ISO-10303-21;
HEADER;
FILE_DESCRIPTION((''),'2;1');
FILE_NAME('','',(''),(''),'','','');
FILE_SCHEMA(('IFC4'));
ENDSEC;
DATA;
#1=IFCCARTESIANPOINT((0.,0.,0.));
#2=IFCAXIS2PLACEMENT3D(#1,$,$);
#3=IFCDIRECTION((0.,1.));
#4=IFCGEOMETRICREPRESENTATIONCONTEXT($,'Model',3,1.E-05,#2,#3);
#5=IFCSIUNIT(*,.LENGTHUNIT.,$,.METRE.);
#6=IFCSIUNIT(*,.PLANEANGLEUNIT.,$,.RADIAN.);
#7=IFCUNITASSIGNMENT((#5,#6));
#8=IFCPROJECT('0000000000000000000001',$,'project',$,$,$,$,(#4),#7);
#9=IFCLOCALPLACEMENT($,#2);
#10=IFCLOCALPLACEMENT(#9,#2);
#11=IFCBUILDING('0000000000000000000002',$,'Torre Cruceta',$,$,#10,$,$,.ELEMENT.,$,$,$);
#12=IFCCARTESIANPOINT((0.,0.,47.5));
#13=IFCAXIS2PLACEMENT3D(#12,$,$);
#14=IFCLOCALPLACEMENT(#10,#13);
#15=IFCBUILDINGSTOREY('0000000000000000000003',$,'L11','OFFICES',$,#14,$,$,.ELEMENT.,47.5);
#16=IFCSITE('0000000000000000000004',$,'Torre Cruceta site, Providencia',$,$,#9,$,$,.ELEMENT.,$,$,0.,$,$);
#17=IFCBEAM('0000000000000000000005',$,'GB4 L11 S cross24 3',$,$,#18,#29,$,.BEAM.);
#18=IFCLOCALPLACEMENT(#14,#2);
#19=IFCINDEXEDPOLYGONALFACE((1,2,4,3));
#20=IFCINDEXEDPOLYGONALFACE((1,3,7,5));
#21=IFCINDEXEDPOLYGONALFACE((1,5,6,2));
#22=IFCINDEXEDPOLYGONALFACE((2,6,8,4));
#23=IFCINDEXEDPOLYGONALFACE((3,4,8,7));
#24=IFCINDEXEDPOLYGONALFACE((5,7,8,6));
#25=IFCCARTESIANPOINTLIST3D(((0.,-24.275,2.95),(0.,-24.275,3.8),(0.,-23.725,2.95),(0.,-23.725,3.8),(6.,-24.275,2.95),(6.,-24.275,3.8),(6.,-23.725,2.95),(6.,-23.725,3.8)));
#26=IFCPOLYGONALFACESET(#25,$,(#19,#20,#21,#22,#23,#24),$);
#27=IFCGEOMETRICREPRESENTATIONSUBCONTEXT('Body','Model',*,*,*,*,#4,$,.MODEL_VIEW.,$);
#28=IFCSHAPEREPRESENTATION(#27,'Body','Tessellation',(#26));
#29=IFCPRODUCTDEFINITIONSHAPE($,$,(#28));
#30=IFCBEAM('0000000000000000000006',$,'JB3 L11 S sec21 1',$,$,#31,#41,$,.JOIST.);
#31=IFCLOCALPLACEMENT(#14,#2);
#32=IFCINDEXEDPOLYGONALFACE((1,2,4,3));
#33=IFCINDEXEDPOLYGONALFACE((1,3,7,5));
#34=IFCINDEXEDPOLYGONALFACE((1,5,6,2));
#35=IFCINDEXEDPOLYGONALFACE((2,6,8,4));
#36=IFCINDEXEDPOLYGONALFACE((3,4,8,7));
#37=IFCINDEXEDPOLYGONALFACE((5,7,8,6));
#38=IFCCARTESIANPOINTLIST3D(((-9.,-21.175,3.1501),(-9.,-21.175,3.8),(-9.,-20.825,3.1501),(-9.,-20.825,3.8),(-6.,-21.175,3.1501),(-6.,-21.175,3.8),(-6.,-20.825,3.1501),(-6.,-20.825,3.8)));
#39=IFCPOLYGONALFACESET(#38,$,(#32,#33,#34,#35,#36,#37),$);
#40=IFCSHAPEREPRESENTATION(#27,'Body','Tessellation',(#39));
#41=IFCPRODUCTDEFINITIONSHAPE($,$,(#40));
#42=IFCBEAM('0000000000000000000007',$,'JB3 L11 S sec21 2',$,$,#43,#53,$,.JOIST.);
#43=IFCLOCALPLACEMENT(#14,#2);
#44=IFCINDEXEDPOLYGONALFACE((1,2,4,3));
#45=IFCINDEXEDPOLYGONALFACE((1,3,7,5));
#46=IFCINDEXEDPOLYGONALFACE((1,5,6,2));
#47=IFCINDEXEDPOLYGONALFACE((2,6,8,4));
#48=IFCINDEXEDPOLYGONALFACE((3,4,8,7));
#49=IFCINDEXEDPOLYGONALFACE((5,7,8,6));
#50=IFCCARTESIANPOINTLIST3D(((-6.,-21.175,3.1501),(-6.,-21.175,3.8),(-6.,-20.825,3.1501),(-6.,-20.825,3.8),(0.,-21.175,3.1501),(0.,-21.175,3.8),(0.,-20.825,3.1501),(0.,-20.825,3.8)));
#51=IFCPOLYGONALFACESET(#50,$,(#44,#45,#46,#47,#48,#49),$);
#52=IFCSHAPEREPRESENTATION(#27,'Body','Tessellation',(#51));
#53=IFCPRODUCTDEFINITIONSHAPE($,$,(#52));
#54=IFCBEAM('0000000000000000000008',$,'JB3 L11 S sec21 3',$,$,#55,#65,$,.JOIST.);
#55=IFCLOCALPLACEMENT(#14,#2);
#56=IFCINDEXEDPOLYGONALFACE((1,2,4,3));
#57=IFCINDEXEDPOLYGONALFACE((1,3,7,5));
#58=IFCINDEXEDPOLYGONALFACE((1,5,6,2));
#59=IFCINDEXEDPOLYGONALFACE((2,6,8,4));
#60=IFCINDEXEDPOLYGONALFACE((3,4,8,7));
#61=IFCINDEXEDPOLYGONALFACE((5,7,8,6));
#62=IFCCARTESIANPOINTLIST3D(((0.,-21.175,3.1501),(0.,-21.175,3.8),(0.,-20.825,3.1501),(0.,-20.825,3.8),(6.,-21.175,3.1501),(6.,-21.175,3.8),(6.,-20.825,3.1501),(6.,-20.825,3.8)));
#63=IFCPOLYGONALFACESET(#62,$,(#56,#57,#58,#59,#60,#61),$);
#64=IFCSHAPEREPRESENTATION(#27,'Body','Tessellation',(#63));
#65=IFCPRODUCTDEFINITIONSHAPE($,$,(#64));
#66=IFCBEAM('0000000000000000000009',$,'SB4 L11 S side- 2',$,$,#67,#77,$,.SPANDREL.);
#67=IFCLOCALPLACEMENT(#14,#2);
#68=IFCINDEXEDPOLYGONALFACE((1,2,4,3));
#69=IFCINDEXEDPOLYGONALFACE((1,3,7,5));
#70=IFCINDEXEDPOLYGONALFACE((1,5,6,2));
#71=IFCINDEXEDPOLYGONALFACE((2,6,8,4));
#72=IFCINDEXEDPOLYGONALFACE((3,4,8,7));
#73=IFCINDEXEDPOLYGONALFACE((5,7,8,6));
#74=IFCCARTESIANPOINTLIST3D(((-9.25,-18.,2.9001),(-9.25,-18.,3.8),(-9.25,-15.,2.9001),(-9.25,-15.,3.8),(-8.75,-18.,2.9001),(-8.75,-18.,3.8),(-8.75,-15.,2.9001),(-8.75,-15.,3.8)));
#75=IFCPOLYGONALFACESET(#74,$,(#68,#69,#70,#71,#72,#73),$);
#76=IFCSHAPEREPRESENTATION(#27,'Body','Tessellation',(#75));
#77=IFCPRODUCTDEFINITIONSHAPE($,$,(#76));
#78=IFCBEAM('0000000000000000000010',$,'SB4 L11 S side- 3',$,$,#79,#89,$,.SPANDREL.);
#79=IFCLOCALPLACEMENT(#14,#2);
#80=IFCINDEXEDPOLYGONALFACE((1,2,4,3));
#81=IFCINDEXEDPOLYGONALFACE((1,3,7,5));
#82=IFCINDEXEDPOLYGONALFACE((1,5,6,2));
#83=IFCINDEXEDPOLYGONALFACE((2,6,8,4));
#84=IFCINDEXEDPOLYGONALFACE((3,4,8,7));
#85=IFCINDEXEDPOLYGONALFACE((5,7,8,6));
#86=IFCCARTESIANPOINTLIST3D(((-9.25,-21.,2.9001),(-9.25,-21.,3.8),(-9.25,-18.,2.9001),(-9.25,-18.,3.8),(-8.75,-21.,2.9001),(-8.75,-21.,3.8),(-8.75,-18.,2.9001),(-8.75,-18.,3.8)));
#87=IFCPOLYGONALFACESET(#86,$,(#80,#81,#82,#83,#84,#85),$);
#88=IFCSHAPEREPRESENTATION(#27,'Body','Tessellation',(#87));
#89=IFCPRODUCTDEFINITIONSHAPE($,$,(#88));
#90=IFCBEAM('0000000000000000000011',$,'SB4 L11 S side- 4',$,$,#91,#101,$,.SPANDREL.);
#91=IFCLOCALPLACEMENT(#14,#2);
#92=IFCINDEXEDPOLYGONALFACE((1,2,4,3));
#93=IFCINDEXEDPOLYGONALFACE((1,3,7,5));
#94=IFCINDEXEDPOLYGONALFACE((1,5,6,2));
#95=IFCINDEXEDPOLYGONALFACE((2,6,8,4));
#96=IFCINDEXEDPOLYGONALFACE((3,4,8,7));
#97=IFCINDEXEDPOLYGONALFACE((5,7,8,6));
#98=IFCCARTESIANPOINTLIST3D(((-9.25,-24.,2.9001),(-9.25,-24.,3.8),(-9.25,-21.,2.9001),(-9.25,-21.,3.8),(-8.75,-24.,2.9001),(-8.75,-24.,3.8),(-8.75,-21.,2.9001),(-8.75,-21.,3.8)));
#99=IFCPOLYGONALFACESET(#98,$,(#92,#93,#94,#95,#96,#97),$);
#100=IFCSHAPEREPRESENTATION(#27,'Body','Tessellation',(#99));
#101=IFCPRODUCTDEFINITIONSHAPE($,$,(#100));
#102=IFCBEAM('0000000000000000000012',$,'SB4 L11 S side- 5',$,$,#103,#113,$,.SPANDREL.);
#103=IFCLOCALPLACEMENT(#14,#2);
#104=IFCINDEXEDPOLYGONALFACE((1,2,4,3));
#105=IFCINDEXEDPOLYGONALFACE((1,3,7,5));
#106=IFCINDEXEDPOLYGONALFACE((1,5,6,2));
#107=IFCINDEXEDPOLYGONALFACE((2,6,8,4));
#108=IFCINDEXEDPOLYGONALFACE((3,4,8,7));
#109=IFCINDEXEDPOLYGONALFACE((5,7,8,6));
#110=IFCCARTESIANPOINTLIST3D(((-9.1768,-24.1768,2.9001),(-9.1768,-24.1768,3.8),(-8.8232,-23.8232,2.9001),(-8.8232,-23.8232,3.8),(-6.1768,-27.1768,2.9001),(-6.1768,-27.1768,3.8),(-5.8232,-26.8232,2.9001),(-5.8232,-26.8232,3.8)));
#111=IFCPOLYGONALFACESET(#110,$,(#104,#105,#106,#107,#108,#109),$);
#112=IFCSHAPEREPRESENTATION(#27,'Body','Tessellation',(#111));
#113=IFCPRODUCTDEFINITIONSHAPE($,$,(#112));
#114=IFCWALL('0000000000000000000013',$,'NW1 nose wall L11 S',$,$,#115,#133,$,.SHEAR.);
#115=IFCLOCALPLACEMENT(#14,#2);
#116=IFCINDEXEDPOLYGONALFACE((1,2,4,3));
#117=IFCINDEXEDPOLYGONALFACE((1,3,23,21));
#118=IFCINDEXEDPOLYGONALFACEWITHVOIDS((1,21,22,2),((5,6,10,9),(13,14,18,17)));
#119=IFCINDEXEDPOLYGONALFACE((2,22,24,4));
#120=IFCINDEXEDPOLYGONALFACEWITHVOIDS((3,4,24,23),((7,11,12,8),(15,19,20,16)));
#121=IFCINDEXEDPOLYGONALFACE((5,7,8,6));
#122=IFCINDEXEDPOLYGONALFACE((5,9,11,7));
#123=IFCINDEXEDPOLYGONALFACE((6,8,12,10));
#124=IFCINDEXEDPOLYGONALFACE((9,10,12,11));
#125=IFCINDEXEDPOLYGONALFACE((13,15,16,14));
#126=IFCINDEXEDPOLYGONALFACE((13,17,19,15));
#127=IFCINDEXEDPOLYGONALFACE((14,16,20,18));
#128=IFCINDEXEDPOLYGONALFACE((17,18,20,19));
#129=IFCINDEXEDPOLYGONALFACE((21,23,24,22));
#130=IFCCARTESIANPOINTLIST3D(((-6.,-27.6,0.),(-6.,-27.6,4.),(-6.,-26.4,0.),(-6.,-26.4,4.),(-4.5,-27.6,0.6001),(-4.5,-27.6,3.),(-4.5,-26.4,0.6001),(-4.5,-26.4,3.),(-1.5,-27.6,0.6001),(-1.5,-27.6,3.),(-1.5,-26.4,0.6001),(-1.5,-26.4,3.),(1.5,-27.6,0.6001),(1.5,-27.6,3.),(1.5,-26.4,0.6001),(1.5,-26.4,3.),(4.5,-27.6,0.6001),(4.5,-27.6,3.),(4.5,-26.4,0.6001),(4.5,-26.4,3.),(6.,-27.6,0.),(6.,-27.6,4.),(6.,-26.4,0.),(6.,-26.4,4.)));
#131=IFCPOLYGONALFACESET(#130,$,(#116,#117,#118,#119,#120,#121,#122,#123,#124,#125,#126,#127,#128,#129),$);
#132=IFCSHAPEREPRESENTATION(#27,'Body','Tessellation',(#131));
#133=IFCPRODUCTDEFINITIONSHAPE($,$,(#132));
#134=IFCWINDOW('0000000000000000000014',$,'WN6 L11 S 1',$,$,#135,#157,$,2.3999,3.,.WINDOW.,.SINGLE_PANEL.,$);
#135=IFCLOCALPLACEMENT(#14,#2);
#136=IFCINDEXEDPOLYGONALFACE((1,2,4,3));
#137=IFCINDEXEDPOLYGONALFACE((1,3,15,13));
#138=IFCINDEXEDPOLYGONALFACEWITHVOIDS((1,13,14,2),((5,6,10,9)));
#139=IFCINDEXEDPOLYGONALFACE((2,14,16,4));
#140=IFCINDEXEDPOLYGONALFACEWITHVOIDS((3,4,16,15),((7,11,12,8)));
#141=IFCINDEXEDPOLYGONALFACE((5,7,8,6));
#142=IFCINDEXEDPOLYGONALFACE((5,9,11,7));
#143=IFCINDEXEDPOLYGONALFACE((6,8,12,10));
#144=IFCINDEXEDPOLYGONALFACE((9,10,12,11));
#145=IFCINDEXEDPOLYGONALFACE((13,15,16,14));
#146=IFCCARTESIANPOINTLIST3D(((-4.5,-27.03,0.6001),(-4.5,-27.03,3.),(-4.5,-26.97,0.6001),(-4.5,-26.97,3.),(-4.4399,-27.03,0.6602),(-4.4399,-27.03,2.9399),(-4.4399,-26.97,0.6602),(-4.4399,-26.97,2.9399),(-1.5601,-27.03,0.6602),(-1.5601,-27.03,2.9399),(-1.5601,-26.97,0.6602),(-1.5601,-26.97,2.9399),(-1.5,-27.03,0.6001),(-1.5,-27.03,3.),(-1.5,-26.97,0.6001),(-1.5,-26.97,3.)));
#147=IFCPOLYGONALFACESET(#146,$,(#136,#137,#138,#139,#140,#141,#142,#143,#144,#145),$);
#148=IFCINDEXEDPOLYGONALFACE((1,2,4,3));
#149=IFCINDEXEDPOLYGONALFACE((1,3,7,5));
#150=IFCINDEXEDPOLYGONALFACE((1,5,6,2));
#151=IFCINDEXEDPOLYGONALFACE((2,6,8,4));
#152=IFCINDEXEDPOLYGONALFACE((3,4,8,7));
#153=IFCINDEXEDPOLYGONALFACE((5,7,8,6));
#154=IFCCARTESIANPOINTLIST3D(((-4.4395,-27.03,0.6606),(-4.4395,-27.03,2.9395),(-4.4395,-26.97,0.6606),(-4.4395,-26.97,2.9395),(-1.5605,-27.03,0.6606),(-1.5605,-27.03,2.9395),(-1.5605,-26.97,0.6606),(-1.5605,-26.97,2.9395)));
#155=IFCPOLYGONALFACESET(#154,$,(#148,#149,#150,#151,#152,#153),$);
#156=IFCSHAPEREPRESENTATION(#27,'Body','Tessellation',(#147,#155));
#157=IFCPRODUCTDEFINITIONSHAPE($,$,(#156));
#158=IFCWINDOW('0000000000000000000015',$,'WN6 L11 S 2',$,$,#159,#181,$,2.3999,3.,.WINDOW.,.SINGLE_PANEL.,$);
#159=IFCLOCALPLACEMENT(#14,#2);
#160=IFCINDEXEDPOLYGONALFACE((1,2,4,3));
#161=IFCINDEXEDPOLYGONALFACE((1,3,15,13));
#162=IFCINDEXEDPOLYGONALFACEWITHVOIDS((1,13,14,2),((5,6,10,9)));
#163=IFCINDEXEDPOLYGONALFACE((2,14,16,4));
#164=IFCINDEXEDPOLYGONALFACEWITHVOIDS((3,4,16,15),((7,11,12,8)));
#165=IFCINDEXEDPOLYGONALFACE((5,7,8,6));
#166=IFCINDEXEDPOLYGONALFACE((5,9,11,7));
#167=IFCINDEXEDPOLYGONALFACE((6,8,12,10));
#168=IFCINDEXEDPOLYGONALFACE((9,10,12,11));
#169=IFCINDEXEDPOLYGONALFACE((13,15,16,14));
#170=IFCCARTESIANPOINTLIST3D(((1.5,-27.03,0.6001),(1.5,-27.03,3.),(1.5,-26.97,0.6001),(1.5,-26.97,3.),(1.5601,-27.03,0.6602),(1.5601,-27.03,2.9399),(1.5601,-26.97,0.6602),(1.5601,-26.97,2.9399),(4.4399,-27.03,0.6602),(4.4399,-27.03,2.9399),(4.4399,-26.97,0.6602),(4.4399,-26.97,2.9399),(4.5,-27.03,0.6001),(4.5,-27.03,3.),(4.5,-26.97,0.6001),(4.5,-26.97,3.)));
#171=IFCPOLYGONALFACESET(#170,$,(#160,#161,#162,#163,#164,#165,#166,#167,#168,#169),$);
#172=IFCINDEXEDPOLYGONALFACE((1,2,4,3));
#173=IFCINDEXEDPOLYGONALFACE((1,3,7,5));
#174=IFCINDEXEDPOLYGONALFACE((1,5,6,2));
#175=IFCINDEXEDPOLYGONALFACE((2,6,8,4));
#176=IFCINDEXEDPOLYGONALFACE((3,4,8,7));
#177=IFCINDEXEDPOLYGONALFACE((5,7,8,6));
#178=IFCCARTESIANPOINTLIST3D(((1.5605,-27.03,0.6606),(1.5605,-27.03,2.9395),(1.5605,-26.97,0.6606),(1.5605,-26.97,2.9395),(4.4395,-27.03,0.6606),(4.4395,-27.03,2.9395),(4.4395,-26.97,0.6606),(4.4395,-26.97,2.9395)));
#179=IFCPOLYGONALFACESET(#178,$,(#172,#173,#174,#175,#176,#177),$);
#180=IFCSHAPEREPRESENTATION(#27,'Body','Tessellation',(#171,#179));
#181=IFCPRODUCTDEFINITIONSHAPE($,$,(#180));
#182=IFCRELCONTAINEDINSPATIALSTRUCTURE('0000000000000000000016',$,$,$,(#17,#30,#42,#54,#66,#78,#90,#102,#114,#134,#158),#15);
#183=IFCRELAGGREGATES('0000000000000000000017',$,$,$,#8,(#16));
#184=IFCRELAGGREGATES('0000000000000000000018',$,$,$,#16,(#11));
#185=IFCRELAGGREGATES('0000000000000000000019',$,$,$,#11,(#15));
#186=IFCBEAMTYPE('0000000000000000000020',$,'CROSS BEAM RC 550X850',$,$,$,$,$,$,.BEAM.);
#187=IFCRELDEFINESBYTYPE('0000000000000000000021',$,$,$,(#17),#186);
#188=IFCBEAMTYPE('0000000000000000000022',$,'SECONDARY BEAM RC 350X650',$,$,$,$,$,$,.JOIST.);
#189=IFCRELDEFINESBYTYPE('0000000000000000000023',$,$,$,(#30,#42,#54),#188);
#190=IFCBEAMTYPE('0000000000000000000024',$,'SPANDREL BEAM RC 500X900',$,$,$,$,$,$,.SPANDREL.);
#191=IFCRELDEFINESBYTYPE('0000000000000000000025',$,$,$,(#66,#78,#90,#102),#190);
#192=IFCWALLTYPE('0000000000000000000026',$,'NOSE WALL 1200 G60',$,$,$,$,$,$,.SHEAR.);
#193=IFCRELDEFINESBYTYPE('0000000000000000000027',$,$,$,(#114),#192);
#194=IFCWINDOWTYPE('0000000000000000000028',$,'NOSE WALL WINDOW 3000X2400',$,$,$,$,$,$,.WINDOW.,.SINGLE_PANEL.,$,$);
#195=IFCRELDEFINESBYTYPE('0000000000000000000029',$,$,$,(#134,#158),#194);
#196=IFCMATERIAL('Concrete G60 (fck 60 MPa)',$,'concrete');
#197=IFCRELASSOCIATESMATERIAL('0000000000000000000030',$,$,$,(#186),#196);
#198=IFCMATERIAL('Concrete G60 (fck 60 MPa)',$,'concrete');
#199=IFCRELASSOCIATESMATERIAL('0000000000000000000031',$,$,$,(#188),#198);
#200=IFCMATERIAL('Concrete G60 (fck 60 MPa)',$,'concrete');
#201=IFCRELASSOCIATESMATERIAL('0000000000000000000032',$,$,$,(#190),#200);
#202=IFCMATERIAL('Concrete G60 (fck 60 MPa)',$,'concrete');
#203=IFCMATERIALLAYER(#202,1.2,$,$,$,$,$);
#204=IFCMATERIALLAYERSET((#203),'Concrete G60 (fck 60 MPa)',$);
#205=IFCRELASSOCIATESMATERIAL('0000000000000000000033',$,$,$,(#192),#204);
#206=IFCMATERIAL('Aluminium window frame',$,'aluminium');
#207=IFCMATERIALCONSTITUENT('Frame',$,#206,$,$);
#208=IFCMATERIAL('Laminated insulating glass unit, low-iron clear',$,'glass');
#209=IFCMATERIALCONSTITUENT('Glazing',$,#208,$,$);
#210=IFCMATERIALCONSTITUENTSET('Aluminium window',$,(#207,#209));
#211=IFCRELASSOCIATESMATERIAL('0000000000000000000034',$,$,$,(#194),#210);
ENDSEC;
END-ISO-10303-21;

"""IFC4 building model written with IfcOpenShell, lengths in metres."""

from ifc_helpers import new_model, si_unit, direction, frame, frame_2d, origin, origin_2d, place, context, subcontext, project, spatial, rectangle, hollow_rectangle, extrude, material, layer, layer_set, constituent, constituent_set, material_profile, profile_set, type_object, element, fill, save


model = new_model("IFC4")

# Units and contexts
model_context = context("Model", 3, precision=1e-05, world=origin(), true_north=direction((0.0, 1.0)))
body_context = subcontext(model_context, "Body", "Model", "MODEL_VIEW")
ifc_project = project(units=[si_unit("LENGTHUNIT", "METRE"), si_unit("PLANEANGLEUNIT", "RADIAN")], contexts=[model_context])

# Site, building, storey
site_placement = place(None, origin())
site = spatial("IfcSite", under=ifc_project, at=site_placement, Name="Torre Cruceta site, Providencia", CompositionType="ELEMENT", RefElevation=0.0)
building_placement = place(site_placement, origin())
building = spatial("IfcBuilding", under=site, at=building_placement, Name="Torre Cruceta", CompositionType="ELEMENT")
storey_placement = place(building_placement, frame((0.0, 0.0, 47.5)))
storey = spatial("IfcBuildingStorey", under=building, at=storey_placement, Name="L11", Description="OFFICES", CompositionType="ELEMENT", Elevation=47.5)

# Beams
ifc_material_1 = material(Name="Concrete G60 (fck 60 MPa)", Category="concrete")
ifc_material_profile_1 = material_profile(ifc_material_1, rectangle(XDim=0.55, YDim=0.8501, at=origin_2d()), Name="RC 550X850")
ifc_profile_set_1 = profile_set([ifc_material_profile_1], Name="Concrete G60 (fck 60 MPa)")
beam_type_1 = type_object("IfcBeamType", Name="CROSS BEAM RC 550X850", PredefinedType="BEAM", material=ifc_profile_set_1)
for number, where, z_axis, x_axis, name in (
    (1, (0.0, -24.0, 3.375), (1.0, 0.0, 0.0), (0.0, 1.0, 0.0), "GB4 L11 S cross24 3"),
):
    element("IfcBeam", number, at=place(storey_placement, frame(where, z_axis=z_axis, x_axis=x_axis)), inside=storey, type_object=beam_type_1, Name=name, PredefinedType="BEAM", context=body_context, shape_type="SweptSolid", body=[
        extrude(rectangle(XDim=0.55, YDim=0.8501, at=origin_2d()), origin(), (0.0, 0.0, 1.0), 6.0),
    ])
ifc_material_2 = material(Name="Concrete G60 (fck 60 MPa)", Category="concrete")
ifc_material_profile_2 = material_profile(ifc_material_2, rectangle(XDim=0.3501, YDim=0.6499, at=origin_2d()), Name="RC 350X650")
ifc_profile_set_2 = profile_set([ifc_material_profile_2], Name="Concrete G60 (fck 60 MPa)")
beam_type_2 = type_object("IfcBeamType", Name="SECONDARY BEAM RC 350X650", PredefinedType="JOIST", material=ifc_profile_set_2)
beam_1_placement = place(storey_placement, frame((-9.0, -21.0, 3.4751), z_axis=(1.0, 0.0, 0.0), x_axis=(0.0, 1.0, 0.0)))
element("IfcBeam", 2, at=beam_1_placement, inside=storey, type_object=beam_type_2, Name="JB3 L11 S sec21 1", PredefinedType="JOIST", context=body_context, shape_type="SweptSolid", body=[
    extrude(rectangle(XDim=0.3501, YDim=0.6499, at=origin_2d()), origin(), (0.0, 0.0, 1.0), 3.0),
])
for number, where, z_axis, x_axis, name in (
    (3, (-6.0, -21.0, 3.4751), (1.0, 0.0, 0.0), (0.0, 1.0, 0.0), "JB3 L11 S sec21 2"),
    (4, (0.0, -21.0, 3.4751), (1.0, 0.0, 0.0), (0.0, 1.0, 0.0), "JB3 L11 S sec21 3"),
):
    element("IfcBeam", number, at=place(storey_placement, frame(where, z_axis=z_axis, x_axis=x_axis)), inside=storey, type_object=beam_type_2, Name=name, PredefinedType="JOIST", context=body_context, shape_type="SweptSolid", body=[
        extrude(rectangle(XDim=0.3501, YDim=0.6499, at=origin_2d()), origin(), (0.0, 0.0, 1.0), 6.0),
    ])
ifc_material_3 = material(Name="Concrete G60 (fck 60 MPa)", Category="concrete")
ifc_material_profile_3 = material_profile(ifc_material_3, rectangle(XDim=0.5, YDim=0.8999, at=origin_2d()), Name="RC 500X900")
ifc_profile_set_3 = profile_set([ifc_material_profile_3], Name="Concrete G60 (fck 60 MPa)")
beam_type_3 = type_object("IfcBeamType", Name="SPANDREL BEAM RC 500X900", PredefinedType="SPANDREL", material=ifc_profile_set_3)
for number, where, z_axis, x_axis, name in (
    (5, (-9.0, -15.0, 3.3501), (0.0, -1.0, 0.0), (1.0, 0.0, 0.0), "SB4 L11 S side- 2"),
    (6, (-9.0, -18.0, 3.3501), (0.0, -1.0, 0.0), (1.0, 0.0, 0.0), "SB4 L11 S side- 3"),
    (7, (-9.0, -21.0, 3.3501), (0.0, -1.0, 0.0), (1.0, 0.0, 0.0), "SB4 L11 S side- 4"),
):
    element("IfcBeam", number, at=place(storey_placement, frame(where, z_axis=z_axis, x_axis=x_axis)), inside=storey, type_object=beam_type_3, Name=name, PredefinedType="SPANDREL", context=body_context, shape_type="SweptSolid", body=[
        extrude(rectangle(XDim=0.5, YDim=0.8999, at=origin_2d()), origin(), (0.0, 0.0, 1.0), 3.0),
    ])
beam_2_placement = place(storey_placement, frame((-9.0, -24.0, 3.3501), z_axis=(0.707107, -0.707107, 0.0), x_axis=(0.707107, 0.707107, 0.0)))
element("IfcBeam", 8, at=beam_2_placement, inside=storey, type_object=beam_type_3, Name="SB4 L11 S side- 5", PredefinedType="SPANDREL", context=body_context, shape_type="SweptSolid", body=[
    extrude(rectangle(XDim=0.5, YDim=0.8999, at=origin_2d()), origin(), (0.0, 0.0, 1.0), 4.2427),
])

# Wall, openings, windows
ifc_material_4 = material(Name="Concrete G60 (fck 60 MPa)", Category="concrete")
ifc_layer_1 = layer(ifc_material_4, 1.2)
ifc_layer_set_1 = layer_set([ifc_layer_1], Name="Concrete G60 (fck 60 MPa)")
wall_type_1 = type_object("IfcWallType", Name="NOSE WALL 1200 G60", PredefinedType="SHEAR", material=ifc_layer_set_1)
wall_1_placement = place(storey_placement, frame((-6.0, -27.0, 0.0), z_axis=(0.0, 0.0, 1.0), x_axis=(1.0, 0.0, 0.0)))
wall_1 = element("IfcWall", 9, at=wall_1_placement, inside=storey, type_object=wall_type_1, Name="NW1 nose wall L11 S", PredefinedType="SHEAR", context=body_context, shape_type="SweptSolid", body=[
    extrude(rectangle(XDim=12.0, YDim=1.2, at=frame_2d((6.0, 0.0))), origin(), (0.0, 0.0, 1.0), 4.0),
])
opening_1_placement = place(wall_1_placement, frame((1.5, 0.0, 0.6001)))
opening_1 = element("IfcOpeningElement", 10, at=opening_1_placement, cuts=wall_1, PredefinedType="OPENING", context=body_context, shape_type="SweptSolid", body=[
    extrude(rectangle(XDim=3.0, YDim=2.3999, at=frame_2d((1.5, 1.2))), frame((0.0, 0.6099, 0.0), z_axis=(0.0, -1.0, 0.0), x_axis=(1.0, 0.0, 0.0)), (0.0, 0.0, 1.0), 1.22),
])
opening_2_placement = place(wall_1_placement, frame((7.5, 0.0, 0.6001)))
opening_2 = element("IfcOpeningElement", 11, at=opening_2_placement, cuts=wall_1, PredefinedType="OPENING", context=body_context, shape_type="SweptSolid", body=[
    extrude(rectangle(XDim=3.0, YDim=2.3999, at=frame_2d((1.5, 1.2))), frame((0.0, 0.6099, 0.0), z_axis=(0.0, -1.0, 0.0), x_axis=(1.0, 0.0, 0.0)), (0.0, 0.0, 1.0), 1.22),
])
ifc_material_5 = material(Name="Aluminium window frame", Category="aluminium")
ifc_constituent_1 = constituent(ifc_material_5, Name="Frame")
ifc_material_6 = material(Name="Laminated insulating glass unit, low-iron clear", Category="glass")
ifc_constituent_2 = constituent(ifc_material_6, Name="Glazing")
ifc_constituent_set_1 = constituent_set(constituents=[ifc_constituent_1, ifc_constituent_2], Name="Aluminium window")
window_type = type_object("IfcWindowType", Name="NOSE WALL WINDOW 3000X2400", PartitioningType="SINGLE_PANEL", PredefinedType="WINDOW", material=ifc_constituent_set_1)
window_1_placement = place(opening_1_placement, origin())
window_1 = element("IfcWindow", 12, at=window_1_placement, inside=storey, type_object=window_type, Name="WN6 L11 S 1", OverallHeight=2.3999, OverallWidth=3.0, PartitioningType="SINGLE_PANEL", PredefinedType="WINDOW", context=body_context, shape_type="SweptSolid", body=[
    extrude(hollow_rectangle(XDim=3.0, YDim=2.3999, WallThickness=0.0601, at=frame_2d((1.5, 1.2))), frame((0.0, 0.03, 0.0), z_axis=(0.0, -1.0, 0.0), x_axis=(1.0, 0.0, 0.0)), (0.0, 0.0, 1.0), 0.0601),
    extrude(rectangle(XDim=2.8789, YDim=2.2788, at=frame_2d((1.5, 1.2))), frame((0.0, 0.03, 0.0), z_axis=(0.0, -1.0, 0.0), x_axis=(1.0, 0.0, 0.0)), (0.0, 0.0, 1.0), 0.0601),
])
fill(opening_1, window_1)
window_2_placement = place(opening_2_placement, origin())
window_2 = element("IfcWindow", 13, at=window_2_placement, inside=storey, type_object=window_type, Name="WN6 L11 S 2", OverallHeight=2.3999, OverallWidth=3.0, PartitioningType="SINGLE_PANEL", PredefinedType="WINDOW", context=body_context, shape_type="SweptSolid", body=[
    extrude(hollow_rectangle(XDim=3.0, YDim=2.3999, WallThickness=0.0601, at=frame_2d((1.5, 1.2))), frame((0.0, 0.03, 0.0), z_axis=(0.0, -1.0, 0.0), x_axis=(1.0, 0.0, 0.0)), (0.0, 0.0, 1.0), 0.0601),
    extrude(rectangle(XDim=2.8789, YDim=2.2788, at=frame_2d((1.5, 1.2))), frame((0.0, 0.03, 0.0), z_axis=(0.0, -1.0, 0.0), x_axis=(1.0, 0.0, 0.0)), (0.0, 0.0, 1.0), 0.0601),
])
fill(opening_2, window_2)

save(model, "model.ifc")
